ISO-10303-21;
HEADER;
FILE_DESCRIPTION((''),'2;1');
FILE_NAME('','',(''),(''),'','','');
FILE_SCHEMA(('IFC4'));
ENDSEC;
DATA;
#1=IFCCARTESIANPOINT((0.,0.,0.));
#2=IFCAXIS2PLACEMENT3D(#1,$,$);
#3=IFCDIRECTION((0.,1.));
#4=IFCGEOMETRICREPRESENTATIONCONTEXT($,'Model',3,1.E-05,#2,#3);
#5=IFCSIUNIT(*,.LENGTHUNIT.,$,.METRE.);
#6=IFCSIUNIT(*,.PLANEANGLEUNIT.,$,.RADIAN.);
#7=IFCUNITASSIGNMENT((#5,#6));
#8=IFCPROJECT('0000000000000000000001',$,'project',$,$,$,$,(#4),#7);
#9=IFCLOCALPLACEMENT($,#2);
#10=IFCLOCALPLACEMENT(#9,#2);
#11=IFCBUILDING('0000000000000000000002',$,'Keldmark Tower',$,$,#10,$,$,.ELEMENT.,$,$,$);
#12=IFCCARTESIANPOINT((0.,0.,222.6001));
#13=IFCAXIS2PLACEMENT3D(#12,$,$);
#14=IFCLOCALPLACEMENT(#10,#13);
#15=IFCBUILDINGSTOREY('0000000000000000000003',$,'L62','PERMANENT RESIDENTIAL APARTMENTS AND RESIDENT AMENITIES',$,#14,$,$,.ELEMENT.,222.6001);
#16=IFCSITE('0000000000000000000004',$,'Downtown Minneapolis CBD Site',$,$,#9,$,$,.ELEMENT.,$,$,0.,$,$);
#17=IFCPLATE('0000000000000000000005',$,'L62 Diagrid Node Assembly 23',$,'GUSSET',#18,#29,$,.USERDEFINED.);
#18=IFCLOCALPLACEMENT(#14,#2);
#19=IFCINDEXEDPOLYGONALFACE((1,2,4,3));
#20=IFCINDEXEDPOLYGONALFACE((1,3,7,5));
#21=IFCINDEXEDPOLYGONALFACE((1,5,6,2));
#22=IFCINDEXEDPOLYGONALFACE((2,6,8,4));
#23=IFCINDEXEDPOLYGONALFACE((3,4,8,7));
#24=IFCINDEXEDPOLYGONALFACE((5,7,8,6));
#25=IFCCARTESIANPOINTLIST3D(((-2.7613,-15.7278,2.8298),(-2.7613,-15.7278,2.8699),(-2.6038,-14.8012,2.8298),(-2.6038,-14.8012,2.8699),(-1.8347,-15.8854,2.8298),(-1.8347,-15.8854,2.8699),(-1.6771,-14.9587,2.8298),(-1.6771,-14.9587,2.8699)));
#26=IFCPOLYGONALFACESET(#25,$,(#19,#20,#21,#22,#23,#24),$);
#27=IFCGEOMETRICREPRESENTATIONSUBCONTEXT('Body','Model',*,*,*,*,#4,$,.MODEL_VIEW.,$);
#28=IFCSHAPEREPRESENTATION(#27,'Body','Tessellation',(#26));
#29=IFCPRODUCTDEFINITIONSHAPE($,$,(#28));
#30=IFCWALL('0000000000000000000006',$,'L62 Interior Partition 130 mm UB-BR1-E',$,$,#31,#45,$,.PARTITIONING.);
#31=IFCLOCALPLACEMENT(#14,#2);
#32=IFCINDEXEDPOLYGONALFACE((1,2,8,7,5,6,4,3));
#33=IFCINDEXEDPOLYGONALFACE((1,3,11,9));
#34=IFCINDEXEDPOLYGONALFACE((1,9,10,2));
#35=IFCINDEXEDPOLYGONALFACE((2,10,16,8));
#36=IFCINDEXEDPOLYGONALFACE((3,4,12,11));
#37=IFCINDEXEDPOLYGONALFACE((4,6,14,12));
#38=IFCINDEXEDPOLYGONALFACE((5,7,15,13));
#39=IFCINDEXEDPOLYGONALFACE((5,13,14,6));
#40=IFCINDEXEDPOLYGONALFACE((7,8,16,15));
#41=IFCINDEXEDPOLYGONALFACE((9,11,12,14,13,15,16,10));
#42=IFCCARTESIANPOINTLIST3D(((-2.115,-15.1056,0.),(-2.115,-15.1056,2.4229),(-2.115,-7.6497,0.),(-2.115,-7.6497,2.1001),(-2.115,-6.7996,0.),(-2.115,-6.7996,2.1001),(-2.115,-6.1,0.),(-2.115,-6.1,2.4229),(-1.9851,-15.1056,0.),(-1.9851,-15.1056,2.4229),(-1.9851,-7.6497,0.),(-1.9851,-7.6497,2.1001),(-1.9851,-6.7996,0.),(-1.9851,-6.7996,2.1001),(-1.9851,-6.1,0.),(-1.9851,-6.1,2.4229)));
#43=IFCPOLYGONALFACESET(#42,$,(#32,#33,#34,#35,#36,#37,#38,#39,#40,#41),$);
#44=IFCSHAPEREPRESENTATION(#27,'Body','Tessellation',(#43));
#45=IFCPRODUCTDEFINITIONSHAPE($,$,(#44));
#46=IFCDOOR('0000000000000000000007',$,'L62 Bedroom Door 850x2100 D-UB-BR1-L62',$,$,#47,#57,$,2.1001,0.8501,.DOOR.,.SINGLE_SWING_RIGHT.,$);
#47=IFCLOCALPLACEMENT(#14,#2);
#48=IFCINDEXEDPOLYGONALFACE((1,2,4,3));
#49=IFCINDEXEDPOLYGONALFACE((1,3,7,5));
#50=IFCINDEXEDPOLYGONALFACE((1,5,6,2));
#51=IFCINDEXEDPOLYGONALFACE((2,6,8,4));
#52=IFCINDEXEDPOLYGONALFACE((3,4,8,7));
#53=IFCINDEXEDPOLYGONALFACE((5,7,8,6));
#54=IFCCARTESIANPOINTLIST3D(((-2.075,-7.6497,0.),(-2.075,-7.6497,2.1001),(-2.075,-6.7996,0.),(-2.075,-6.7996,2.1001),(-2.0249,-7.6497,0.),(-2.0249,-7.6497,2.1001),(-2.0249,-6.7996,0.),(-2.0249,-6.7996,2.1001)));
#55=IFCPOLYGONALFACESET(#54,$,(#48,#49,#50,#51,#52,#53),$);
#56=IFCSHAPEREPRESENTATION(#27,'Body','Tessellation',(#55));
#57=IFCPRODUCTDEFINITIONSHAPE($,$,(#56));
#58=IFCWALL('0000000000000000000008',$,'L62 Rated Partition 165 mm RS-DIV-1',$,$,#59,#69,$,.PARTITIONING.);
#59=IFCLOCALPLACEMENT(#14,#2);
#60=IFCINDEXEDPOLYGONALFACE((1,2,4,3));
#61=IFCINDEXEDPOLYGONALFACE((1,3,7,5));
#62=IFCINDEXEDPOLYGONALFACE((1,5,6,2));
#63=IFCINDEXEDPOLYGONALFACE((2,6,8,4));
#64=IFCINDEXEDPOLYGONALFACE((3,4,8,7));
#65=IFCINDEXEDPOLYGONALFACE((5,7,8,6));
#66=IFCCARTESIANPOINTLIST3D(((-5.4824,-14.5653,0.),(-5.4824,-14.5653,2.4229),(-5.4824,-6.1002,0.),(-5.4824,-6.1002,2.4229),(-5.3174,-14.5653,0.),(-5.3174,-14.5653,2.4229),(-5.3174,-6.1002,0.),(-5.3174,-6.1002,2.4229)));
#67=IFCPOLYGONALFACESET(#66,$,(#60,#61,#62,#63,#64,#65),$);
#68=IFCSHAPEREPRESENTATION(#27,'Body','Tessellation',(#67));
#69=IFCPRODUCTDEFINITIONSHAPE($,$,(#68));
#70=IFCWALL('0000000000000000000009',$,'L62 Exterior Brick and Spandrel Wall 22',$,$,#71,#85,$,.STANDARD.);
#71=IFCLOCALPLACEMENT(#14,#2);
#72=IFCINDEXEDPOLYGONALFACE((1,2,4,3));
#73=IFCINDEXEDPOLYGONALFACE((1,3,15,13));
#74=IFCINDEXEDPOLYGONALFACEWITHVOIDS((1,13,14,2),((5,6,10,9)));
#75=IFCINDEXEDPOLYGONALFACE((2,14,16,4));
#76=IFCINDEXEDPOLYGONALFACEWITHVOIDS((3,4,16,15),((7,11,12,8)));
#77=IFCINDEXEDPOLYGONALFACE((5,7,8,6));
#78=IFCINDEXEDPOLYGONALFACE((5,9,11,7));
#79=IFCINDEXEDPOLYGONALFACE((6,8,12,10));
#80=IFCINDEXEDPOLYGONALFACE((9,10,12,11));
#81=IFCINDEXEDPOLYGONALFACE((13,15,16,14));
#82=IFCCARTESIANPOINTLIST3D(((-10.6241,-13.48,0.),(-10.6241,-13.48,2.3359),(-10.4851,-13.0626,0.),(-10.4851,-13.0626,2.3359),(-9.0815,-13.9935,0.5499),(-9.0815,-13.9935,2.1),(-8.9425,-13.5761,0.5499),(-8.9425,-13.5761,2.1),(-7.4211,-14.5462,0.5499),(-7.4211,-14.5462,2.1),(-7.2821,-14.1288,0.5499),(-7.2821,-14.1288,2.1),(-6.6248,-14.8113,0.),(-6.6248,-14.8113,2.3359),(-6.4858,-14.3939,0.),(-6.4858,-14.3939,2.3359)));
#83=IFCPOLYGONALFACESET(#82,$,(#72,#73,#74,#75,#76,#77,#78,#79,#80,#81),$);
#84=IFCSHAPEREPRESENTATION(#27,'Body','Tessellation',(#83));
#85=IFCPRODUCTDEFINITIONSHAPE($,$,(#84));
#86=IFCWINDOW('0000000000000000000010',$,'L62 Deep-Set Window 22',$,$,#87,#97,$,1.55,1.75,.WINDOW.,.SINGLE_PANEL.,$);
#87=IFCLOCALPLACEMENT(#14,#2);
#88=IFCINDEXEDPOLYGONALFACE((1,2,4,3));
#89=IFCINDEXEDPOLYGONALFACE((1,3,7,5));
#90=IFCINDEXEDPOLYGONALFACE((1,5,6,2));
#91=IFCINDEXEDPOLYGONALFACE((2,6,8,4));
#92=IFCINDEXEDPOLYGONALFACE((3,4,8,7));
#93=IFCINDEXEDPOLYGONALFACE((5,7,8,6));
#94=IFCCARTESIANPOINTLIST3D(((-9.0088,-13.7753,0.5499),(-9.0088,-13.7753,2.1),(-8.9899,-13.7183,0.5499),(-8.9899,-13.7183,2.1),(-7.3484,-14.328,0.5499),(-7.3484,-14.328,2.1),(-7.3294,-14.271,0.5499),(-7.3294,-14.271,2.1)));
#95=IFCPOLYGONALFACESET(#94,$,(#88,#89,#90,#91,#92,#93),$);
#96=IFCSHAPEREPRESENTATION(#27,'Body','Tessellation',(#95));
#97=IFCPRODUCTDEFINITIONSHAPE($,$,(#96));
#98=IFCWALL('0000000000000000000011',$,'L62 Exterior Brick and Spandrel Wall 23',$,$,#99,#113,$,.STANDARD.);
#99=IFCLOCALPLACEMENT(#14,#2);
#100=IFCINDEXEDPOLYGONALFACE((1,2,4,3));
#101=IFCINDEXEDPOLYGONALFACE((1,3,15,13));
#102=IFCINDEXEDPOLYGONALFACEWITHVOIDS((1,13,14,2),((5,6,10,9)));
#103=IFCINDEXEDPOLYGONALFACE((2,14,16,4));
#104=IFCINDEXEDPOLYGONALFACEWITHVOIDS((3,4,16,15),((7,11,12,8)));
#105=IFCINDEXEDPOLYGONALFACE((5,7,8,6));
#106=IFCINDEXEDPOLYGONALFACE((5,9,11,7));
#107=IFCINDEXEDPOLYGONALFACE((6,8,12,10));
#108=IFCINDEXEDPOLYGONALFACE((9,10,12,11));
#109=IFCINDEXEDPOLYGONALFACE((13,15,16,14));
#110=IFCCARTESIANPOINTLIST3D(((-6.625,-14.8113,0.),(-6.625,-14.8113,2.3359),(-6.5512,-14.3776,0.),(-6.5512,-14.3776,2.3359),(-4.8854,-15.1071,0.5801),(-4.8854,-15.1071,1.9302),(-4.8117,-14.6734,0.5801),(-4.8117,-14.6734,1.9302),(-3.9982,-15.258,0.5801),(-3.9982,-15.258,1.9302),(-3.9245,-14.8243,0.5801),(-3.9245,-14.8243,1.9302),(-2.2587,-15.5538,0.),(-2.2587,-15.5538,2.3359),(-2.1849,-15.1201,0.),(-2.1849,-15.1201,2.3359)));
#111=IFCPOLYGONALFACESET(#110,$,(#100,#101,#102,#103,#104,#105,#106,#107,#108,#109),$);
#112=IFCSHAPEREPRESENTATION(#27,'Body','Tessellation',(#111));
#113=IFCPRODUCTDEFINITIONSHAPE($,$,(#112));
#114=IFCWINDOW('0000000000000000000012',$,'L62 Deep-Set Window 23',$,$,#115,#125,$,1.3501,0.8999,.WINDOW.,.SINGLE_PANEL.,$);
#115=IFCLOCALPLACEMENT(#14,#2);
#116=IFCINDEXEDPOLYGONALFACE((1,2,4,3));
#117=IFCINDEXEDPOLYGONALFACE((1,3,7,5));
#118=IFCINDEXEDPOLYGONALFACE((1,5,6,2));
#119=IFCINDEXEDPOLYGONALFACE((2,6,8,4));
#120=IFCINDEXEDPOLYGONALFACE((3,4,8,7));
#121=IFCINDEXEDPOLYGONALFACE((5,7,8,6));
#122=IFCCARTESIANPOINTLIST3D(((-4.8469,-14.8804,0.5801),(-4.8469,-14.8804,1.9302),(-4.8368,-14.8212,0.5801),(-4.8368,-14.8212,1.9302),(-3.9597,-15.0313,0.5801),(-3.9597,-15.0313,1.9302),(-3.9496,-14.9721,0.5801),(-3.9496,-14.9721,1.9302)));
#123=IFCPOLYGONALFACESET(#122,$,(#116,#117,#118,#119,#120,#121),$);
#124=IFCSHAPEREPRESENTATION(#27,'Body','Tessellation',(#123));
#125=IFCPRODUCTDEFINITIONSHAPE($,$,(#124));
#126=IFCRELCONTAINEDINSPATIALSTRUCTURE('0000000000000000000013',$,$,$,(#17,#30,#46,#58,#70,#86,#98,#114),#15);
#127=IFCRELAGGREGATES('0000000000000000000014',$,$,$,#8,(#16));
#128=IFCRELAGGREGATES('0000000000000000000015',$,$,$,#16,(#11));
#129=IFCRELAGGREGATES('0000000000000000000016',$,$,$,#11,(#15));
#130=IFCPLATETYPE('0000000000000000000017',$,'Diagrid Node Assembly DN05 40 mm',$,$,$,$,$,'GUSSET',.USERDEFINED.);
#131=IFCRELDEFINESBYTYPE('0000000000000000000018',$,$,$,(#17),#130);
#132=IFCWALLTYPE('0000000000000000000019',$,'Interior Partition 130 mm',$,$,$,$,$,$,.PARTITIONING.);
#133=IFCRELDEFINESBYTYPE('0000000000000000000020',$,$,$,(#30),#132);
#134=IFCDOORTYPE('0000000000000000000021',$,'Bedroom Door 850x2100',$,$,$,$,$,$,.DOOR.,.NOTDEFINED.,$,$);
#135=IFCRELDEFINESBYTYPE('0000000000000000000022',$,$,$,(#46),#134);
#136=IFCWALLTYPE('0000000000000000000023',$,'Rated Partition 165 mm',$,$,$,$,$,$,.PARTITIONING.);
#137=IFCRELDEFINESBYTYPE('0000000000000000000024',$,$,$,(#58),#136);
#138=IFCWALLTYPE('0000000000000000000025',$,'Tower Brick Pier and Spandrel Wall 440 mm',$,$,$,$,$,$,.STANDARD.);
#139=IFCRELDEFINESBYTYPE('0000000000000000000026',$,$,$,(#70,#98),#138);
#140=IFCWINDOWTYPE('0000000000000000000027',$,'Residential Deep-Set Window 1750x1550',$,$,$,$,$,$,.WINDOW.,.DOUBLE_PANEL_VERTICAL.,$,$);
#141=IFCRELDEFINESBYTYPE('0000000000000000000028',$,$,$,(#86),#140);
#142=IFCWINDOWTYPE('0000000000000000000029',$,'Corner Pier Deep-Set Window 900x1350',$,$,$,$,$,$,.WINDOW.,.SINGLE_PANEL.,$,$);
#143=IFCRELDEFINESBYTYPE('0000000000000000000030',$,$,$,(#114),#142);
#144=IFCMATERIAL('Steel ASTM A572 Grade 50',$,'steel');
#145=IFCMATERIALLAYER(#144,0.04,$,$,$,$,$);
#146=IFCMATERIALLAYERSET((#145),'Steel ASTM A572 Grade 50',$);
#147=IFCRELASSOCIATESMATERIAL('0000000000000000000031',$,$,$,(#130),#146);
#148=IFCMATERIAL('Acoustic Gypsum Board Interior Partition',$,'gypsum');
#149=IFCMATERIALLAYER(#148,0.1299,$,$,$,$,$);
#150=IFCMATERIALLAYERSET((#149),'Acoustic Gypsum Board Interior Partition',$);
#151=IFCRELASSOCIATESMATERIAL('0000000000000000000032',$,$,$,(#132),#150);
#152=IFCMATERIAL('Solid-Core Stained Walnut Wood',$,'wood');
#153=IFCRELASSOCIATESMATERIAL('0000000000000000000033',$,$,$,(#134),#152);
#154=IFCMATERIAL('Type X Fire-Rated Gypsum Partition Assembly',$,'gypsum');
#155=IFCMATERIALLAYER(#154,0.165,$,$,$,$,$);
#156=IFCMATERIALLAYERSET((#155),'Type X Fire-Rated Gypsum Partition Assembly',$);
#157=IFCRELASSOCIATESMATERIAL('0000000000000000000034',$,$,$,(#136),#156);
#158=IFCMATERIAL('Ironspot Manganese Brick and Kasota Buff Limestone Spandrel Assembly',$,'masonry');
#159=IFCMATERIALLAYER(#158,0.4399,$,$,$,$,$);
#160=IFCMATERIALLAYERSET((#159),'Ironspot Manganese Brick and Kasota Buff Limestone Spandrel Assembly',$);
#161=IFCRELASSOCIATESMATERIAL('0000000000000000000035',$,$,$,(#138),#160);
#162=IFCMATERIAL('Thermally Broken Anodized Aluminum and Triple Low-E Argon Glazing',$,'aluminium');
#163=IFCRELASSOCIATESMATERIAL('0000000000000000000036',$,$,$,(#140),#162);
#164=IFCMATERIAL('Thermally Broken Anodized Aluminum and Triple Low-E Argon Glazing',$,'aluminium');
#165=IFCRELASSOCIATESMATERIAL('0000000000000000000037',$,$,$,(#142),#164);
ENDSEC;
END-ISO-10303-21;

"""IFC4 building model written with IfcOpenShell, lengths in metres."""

from ifc_helpers import new_model, si_unit, direction, frame, frame_2d, origin, origin_2d, place, context, subcontext, project, spatial, rectangle, extrude, material, layer, layer_set, type_object, element, fill, save


model = new_model("IFC4")

# Units and contexts
model_context = context("Model", 3, precision=1e-05, world=origin(), true_north=direction((0.0, 1.0)))
body_context = subcontext(model_context, "Body", "Model", "MODEL_VIEW")
ifc_project = project(units=[si_unit("LENGTHUNIT", "METRE"), si_unit("PLANEANGLEUNIT", "RADIAN")], contexts=[model_context])

# Site, building, storey
site_placement = place(None, origin())
site = spatial("IfcSite", under=ifc_project, at=site_placement, Name="Downtown Minneapolis CBD Site", CompositionType="ELEMENT", RefElevation=0.0)
building_placement = place(site_placement, origin())
building = spatial("IfcBuilding", under=site, at=building_placement, Name="Keldmark Tower", CompositionType="ELEMENT")
storey_placement = place(building_placement, frame((0.0, 0.0, 222.6001)))
storey = spatial("IfcBuildingStorey", under=building, at=storey_placement, Name="L62", Description="PERMANENT RESIDENTIAL APARTMENTS AND RESIDENT AMENITIES", CompositionType="ELEMENT", Elevation=222.6001)

# Plate
ifc_material_1 = material(Name="Steel ASTM A572 Grade 50", Category="steel")
ifc_layer_1 = layer(ifc_material_1, 0.04)
ifc_layer_set_1 = layer_set([ifc_layer_1], Name="Steel ASTM A572 Grade 50")
plate_type = type_object("IfcPlateType", Name="Diagrid Node Assembly DN05 40 mm", ElementType="GUSSET", PredefinedType="USERDEFINED", material=ifc_layer_set_1)
plate_placement = place(storey_placement, frame((-2.2192, -15.3433, 2.8298), z_axis=(0.0, 0.0, 1.0), x_axis=(0.98585, -0.167629, 0.0)))
element("IfcPlate", 1, at=plate_placement, inside=storey, type_object=plate_type, Name="L62 Diagrid Node Assembly 23", ObjectType="GUSSET", PredefinedType="USERDEFINED", context=body_context, shape_type="SweptSolid", body=[
    extrude(rectangle(XDim=0.9399, YDim=0.9399, at=origin_2d()), origin(), (0.0, 0.0, 1.0), 0.04),
])

# Wall, opening, door
ifc_material_2 = material(Name="Acoustic Gypsum Board Interior Partition", Category="gypsum")
ifc_layer_2 = layer(ifc_material_2, 0.1299)
ifc_layer_set_2 = layer_set([ifc_layer_2], Name="Acoustic Gypsum Board Interior Partition")
wall_type_1 = type_object("IfcWallType", Name="Interior Partition 130 mm", PredefinedType="PARTITIONING", material=ifc_layer_set_2)
wall_1_placement = place(storey_placement, frame((-2.05, -15.1057, 0.0), z_axis=(0.0, 0.0, 1.0), x_axis=(0.0, 1.0, 0.0)))
wall_1 = element("IfcWall", 2, at=wall_1_placement, inside=storey, type_object=wall_type_1, Name="L62 Interior Partition 130 mm UB-BR1-E", PredefinedType="PARTITIONING", context=body_context, shape_type="SweptSolid", body=[
    extrude(rectangle(XDim=9.0056, YDim=0.1299, at=frame_2d((4.5029, 0.0))), origin(), (0.0, 0.0, 1.0), 2.4229),
])
opening_1_placement = place(wall_1_placement, frame((7.4561, 0.0, 0.0)))
opening_1 = element("IfcOpeningElement", 3, at=opening_1_placement, cuts=wall_1, PredefinedType="OPENING", context=body_context, shape_type="SweptSolid", body=[
    extrude(rectangle(XDim=0.8501, YDim=2.1001, at=frame_2d((0.425, 1.05))), frame((0.0, 0.075, 0.0), z_axis=(0.0, -1.0, 0.0), x_axis=(1.0, 0.0, 0.0)), (0.0, 0.0, 1.0), 0.1499),
])
ifc_material_3 = material(Name="Solid-Core Stained Walnut Wood", Category="wood")
door_type_1 = type_object("IfcDoorType", Name="Bedroom Door 850x2100", OperationType="NOTDEFINED", PredefinedType="DOOR", material=ifc_material_3)
door_1_placement = place(opening_1_placement, origin())
door_1 = element("IfcDoor", 4, at=door_1_placement, inside=storey, type_object=door_type_1, Name="L62 Bedroom Door 850x2100 D-UB-BR1-L62", OperationType="SINGLE_SWING_RIGHT", OverallHeight=2.1001, OverallWidth=0.8501, PredefinedType="DOOR", context=body_context, shape_type="SweptSolid", body=[
    extrude(rectangle(XDim=0.8501, YDim=2.1001, at=frame_2d((0.425, 1.05))), frame((0.0, 0.0249, 0.0), z_axis=(0.0, -1.0, 0.0), x_axis=(1.0, 0.0, 0.0)), (0.0, 0.0, 1.0), 0.05),
])
fill(opening_1, door_1)

# Wall
ifc_material_4 = material(Name="Type X Fire-Rated Gypsum Partition Assembly", Category="gypsum")
ifc_layer_3 = layer(ifc_material_4, 0.165)
ifc_layer_set_3 = layer_set([ifc_layer_3], Name="Type X Fire-Rated Gypsum Partition Assembly")
wall_type_2 = type_object("IfcWallType", Name="Rated Partition 165 mm", PredefinedType="PARTITIONING", material=ifc_layer_set_3)
wall_2_placement = place(storey_placement, frame((-5.3999, -14.5652, 0.0), z_axis=(0.0, 0.0, 1.0), x_axis=(0.0, 1.0, 0.0)))
element("IfcWall", 5, at=wall_2_placement, inside=storey, type_object=wall_type_2, Name="L62 Rated Partition 165 mm RS-DIV-1", PredefinedType="PARTITIONING", context=body_context, shape_type="SweptSolid", body=[
    extrude(rectangle(XDim=8.4651, YDim=0.165, at=frame_2d((4.2324, 0.0))), origin(), (0.0, 0.0, 1.0), 2.4229),
])

# Walls, openings, windows
ifc_material_5 = material(Name="Ironspot Manganese Brick and Kasota Buff Limestone Spandrel Assembly", Category="masonry")
ifc_layer_4 = layer(ifc_material_5, 0.4399)
ifc_layer_set_4 = layer_set([ifc_layer_4], Name="Ironspot Manganese Brick and Kasota Buff Limestone Spandrel Assembly")
wall_type_3 = type_object("IfcWallType", Name="Tower Brick Pier and Spandrel Wall 440 mm", PredefinedType="STANDARD", material=ifc_layer_set_4)
wall_3_placement = place(storey_placement, frame((-6.5554, -14.6025, 0.0), z_axis=(0.0, 0.0, 1.0), x_axis=(-0.948811, 0.315845, 0.0)))
wall_3 = element("IfcWall", 6, at=wall_3_placement, inside=storey, type_object=wall_type_3, Name="L62 Exterior Brick and Spandrel Wall 22", PredefinedType="STANDARD", context=body_context, shape_type="SweptSolid", body=[
    extrude(rectangle(XDim=4.2151, YDim=0.4399, at=frame_2d((2.1074, 0.0))), origin(), (0.0, 0.0, 1.0), 2.3359),
])
opening_2_placement = place(wall_3_placement, frame((0.8391, 0.0, 0.55)))
opening_2 = element("IfcOpeningElement", 7, at=opening_2_placement, cuts=wall_3, PredefinedType="OPENING", context=body_context, shape_type="SweptSolid", body=[
    extrude(rectangle(XDim=1.75, YDim=1.55, at=frame_2d((0.875, 0.7749))), frame((0.0, 0.23, 0.0), z_axis=(0.0, -1.0, 0.0), x_axis=(1.0, 0.0, 0.0)), (0.0, 0.0, 1.0), 0.46),
])
ifc_material_6 = material(Name="Thermally Broken Anodized Aluminum and Triple Low-E Argon Glazing", Category="aluminium")
window_type_1 = type_object("IfcWindowType", Name="Residential Deep-Set Window 1750x1550", PartitioningType="DOUBLE_PANEL_VERTICAL", PredefinedType="WINDOW", material=ifc_material_6)
window_1_placement = place(opening_2_placement, origin())
window_1 = element("IfcWindow", 8, at=window_1_placement, inside=storey, type_object=window_type_1, Name="L62 Deep-Set Window 22", OverallHeight=1.55, OverallWidth=1.75, PartitioningType="SINGLE_PANEL", PredefinedType="WINDOW", context=body_context, shape_type="SweptSolid", body=[
    extrude(rectangle(XDim=1.75, YDim=1.55, at=frame_2d((0.875, 0.7749))), frame((0.0, -0.01, 0.0), z_axis=(0.0, -1.0, 0.0), x_axis=(1.0, 0.0, 0.0)), (0.0, 0.0, 1.0), 0.0601),
])
fill(opening_2, window_1)
wall_4_placement = place(storey_placement, frame((-2.2219, -15.3369, 0.0), z_axis=(0.0, 0.0, 1.0), x_axis=(-0.985849, 0.167634, 0.0)))
wall_4 = element("IfcWall", 9, at=wall_4_placement, inside=storey, type_object=wall_type_3, Name="L62 Exterior Brick and Spandrel Wall 23", PredefinedType="STANDARD", context=body_context, shape_type="SweptSolid", body=[
    extrude(rectangle(XDim=4.429, YDim=0.4399, at=frame_2d((2.2144, 0.0))), origin(), (0.0, 0.0, 1.0), 2.3359),
])
opening_3_placement = place(wall_4_placement, frame((1.7644, 0.0, 0.5801)))
opening_3 = element("IfcOpeningElement", 10, at=opening_3_placement, cuts=wall_4, PredefinedType="OPENING", context=body_context, shape_type="SweptSolid", body=[
    extrude(rectangle(XDim=0.8999, YDim=1.3501, at=frame_2d((0.45, 0.675))), frame((0.0, 0.23, 0.0), z_axis=(0.0, -1.0, 0.0), x_axis=(1.0, 0.0, 0.0)), (0.0, 0.0, 1.0), 0.46),
])
ifc_material_7 = material(Name="Thermally Broken Anodized Aluminum and Triple Low-E Argon Glazing", Category="aluminium")
window_type_2 = type_object("IfcWindowType", Name="Corner Pier Deep-Set Window 900x1350", PartitioningType="SINGLE_PANEL", PredefinedType="WINDOW", material=ifc_material_7)
window_2_placement = place(opening_3_placement, origin())
window_2 = element("IfcWindow", 11, at=window_2_placement, inside=storey, type_object=window_type_2, Name="L62 Deep-Set Window 23", OverallHeight=1.3501, OverallWidth=0.8999, PartitioningType="SINGLE_PANEL", PredefinedType="WINDOW", context=body_context, shape_type="SweptSolid", body=[
    extrude(rectangle(XDim=0.8999, YDim=1.3501, at=frame_2d((0.45, 0.675))), frame((0.0, -0.01, 0.0), z_axis=(0.0, -1.0, 0.0), x_axis=(1.0, 0.0, 0.0)), (0.0, 0.0, 1.0), 0.0601),
])
fill(opening_3, window_2)

save(model, "model.ifc")
